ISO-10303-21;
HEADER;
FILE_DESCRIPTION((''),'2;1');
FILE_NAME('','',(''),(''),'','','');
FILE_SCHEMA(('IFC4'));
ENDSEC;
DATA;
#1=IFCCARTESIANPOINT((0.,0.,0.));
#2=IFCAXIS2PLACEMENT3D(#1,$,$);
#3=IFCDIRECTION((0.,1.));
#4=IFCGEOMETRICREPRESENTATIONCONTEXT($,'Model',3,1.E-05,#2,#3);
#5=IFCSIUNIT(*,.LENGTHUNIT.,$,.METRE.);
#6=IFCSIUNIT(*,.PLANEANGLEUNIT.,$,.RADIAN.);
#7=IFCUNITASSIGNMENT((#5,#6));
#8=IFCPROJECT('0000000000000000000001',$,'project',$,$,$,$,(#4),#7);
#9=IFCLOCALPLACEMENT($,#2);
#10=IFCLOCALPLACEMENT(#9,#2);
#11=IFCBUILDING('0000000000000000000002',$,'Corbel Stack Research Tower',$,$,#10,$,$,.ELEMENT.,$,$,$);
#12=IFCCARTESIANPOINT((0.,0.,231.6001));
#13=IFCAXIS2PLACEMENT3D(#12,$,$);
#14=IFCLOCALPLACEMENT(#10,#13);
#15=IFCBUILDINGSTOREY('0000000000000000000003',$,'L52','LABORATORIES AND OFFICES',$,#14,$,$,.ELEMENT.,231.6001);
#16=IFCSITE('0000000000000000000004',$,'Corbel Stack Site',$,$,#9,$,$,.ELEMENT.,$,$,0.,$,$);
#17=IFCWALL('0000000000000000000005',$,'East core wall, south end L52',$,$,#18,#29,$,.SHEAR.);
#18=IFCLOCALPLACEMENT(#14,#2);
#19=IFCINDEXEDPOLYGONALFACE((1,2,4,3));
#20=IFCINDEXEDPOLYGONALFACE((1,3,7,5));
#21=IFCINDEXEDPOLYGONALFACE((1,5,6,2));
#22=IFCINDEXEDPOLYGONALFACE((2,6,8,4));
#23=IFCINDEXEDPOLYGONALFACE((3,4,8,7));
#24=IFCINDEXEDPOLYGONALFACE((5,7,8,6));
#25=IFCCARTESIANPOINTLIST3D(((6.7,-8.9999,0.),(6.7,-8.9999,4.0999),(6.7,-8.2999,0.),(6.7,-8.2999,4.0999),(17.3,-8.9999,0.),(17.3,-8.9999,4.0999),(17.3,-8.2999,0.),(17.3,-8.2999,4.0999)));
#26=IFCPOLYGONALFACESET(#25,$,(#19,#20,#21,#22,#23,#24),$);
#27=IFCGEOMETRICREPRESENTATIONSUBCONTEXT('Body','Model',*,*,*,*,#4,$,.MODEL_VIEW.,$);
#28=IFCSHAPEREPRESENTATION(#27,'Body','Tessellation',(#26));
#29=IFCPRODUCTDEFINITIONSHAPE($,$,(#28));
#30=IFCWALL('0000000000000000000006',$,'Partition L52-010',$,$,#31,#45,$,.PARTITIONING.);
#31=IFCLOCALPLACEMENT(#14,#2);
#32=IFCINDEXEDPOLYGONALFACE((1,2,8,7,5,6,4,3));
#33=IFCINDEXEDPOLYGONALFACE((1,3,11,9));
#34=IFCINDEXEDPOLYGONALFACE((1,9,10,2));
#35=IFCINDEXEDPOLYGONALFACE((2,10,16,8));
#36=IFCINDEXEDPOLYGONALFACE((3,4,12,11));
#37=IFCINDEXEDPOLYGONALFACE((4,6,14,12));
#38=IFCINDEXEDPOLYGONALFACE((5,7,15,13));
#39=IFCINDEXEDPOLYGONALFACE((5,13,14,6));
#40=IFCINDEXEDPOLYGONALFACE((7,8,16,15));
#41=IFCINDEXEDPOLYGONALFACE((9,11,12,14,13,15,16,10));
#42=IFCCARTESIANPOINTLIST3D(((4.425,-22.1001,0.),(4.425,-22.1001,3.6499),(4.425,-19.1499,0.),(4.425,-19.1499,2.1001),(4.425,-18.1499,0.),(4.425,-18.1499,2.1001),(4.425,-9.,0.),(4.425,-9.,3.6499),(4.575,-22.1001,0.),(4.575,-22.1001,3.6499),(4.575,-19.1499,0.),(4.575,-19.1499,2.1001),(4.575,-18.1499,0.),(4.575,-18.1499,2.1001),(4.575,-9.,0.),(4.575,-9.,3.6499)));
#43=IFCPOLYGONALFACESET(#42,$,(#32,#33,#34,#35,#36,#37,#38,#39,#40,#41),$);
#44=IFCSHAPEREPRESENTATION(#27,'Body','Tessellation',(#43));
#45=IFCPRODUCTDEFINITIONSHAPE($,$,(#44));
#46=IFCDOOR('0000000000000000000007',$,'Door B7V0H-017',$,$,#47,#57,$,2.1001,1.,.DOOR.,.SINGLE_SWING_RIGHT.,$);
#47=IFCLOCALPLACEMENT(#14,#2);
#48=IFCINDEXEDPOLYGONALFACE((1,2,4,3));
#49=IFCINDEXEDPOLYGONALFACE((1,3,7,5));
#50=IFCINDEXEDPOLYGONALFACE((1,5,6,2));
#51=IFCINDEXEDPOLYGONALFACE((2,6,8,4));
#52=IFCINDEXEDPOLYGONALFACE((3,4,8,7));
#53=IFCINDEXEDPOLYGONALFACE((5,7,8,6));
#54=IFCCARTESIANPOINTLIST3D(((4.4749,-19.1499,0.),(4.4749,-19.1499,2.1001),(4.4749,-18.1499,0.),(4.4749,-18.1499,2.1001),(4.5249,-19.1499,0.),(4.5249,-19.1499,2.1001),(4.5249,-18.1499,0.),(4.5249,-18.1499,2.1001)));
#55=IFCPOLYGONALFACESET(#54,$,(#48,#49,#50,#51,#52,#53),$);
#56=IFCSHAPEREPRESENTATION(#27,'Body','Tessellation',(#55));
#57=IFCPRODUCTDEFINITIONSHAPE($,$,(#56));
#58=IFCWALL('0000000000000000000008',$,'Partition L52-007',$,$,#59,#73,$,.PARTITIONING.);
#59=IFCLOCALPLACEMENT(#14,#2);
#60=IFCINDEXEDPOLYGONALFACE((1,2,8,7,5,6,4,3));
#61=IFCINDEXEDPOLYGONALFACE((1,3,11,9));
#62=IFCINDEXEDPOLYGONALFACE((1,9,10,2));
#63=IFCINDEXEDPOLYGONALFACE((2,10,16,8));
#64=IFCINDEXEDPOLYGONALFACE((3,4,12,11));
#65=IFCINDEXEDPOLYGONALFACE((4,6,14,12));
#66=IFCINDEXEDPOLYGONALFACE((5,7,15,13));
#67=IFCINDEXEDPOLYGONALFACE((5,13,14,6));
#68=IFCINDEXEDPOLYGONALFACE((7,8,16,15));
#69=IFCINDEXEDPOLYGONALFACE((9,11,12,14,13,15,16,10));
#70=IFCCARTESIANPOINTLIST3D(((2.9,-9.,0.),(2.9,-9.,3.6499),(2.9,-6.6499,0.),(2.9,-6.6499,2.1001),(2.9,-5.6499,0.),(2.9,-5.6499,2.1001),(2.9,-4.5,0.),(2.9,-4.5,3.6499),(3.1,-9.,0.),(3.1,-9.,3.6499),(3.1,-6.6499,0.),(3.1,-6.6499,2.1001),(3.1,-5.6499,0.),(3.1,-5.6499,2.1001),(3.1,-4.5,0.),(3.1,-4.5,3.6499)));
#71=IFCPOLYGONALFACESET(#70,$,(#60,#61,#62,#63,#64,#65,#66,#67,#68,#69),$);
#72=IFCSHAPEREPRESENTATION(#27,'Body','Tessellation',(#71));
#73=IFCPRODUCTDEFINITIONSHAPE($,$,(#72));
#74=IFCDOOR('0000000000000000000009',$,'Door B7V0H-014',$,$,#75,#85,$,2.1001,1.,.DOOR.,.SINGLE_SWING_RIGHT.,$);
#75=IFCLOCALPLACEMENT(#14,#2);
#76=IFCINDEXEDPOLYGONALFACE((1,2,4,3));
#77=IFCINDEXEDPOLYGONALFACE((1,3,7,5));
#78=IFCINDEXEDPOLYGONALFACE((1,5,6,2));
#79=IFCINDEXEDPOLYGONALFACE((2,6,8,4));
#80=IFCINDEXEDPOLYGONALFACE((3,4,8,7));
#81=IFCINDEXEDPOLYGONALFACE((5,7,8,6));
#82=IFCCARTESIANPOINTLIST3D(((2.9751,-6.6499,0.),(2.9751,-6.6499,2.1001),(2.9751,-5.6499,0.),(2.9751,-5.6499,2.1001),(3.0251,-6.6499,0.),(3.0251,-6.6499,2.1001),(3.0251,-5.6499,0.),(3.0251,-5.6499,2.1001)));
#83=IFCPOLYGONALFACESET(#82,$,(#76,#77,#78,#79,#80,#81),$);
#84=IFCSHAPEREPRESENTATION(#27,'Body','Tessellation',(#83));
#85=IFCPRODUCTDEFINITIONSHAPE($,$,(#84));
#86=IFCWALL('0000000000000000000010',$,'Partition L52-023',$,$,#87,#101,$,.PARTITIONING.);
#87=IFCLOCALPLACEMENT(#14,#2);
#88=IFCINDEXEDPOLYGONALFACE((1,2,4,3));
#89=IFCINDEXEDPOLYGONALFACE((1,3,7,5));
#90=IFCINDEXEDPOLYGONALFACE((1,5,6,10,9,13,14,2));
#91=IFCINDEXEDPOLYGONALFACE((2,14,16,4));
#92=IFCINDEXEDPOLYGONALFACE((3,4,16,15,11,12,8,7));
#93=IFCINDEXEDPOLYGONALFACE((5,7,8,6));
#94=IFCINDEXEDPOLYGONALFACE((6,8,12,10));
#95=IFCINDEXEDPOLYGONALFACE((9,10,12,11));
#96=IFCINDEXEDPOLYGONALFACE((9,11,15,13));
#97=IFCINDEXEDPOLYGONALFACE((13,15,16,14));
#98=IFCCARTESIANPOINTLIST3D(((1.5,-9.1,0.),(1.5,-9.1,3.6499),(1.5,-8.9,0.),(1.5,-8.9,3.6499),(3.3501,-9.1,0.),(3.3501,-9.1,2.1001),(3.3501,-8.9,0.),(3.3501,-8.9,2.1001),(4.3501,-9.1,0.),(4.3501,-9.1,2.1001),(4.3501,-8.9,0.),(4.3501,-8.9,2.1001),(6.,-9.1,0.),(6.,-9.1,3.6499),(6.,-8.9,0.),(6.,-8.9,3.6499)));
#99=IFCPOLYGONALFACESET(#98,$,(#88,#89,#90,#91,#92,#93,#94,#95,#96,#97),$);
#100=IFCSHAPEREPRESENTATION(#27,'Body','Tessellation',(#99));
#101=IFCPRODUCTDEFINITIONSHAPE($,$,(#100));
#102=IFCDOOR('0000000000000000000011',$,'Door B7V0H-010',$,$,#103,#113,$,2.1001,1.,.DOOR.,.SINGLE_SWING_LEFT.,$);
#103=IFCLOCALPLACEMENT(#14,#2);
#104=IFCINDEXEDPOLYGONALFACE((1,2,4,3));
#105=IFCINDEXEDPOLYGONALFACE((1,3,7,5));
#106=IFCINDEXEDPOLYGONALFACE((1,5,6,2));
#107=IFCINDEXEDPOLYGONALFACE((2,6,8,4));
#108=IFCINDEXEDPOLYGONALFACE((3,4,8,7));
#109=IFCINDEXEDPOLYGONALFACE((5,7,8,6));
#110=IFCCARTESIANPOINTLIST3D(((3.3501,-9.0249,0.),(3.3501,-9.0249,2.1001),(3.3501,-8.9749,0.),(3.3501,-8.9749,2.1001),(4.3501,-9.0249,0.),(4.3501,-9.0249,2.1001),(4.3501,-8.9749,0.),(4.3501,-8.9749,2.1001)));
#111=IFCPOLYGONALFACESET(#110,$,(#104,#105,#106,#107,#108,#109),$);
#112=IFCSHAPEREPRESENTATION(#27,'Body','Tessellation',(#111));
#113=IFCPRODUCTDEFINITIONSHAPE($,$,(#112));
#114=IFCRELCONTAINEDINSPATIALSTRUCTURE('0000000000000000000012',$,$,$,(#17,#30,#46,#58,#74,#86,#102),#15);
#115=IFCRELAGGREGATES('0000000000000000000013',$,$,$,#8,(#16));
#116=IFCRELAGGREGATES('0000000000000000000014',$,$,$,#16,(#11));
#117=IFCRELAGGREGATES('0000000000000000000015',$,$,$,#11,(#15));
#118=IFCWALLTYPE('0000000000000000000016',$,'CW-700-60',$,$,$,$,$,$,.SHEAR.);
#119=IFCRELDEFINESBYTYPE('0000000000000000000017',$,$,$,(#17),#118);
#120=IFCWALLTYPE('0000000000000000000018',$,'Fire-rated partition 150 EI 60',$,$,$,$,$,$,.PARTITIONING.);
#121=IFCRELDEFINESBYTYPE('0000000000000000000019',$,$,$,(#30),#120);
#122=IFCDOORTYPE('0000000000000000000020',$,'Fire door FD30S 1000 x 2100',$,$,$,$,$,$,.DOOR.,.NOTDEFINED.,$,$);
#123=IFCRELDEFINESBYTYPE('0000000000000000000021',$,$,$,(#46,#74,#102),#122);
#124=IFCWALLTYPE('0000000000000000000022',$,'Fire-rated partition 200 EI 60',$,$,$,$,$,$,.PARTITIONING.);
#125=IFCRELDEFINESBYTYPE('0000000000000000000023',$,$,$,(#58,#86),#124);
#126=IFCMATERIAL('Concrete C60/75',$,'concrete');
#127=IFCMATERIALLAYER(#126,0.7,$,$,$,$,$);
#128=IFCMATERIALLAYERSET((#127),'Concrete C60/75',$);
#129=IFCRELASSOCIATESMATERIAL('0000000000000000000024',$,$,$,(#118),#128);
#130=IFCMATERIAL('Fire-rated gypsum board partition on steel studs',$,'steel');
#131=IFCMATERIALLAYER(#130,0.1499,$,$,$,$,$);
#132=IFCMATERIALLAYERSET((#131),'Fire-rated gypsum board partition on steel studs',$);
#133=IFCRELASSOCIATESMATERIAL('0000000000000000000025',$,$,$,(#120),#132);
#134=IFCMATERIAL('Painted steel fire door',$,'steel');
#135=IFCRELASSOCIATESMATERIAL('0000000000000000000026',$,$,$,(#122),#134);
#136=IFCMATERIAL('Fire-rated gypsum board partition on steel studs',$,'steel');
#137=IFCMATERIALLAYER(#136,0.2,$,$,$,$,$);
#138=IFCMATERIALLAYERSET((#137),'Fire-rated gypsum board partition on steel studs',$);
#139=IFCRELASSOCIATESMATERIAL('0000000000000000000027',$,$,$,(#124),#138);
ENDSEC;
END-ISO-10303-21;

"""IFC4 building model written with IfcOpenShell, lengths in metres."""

from ifc_helpers import new_model, si_unit, direction, frame, frame_2d, origin, place, context, subcontext, project, spatial, rectangle, extrude, material, layer, layer_set, type_object, element, fill, save


model = new_model("IFC4")

# Units and contexts
model_context = context("Model", 3, precision=1e-05, world=origin(), true_north=direction((0.0, 1.0)))
body_context = subcontext(model_context, "Body", "Model", "MODEL_VIEW")
ifc_project = project(units=[si_unit("LENGTHUNIT", "METRE"), si_unit("PLANEANGLEUNIT", "RADIAN")], contexts=[model_context])

# Site, building, storey
site_placement = place(None, origin())
site = spatial("IfcSite", under=ifc_project, at=site_placement, Name="Corbel Stack Site", CompositionType="ELEMENT", RefElevation=0.0)
building_placement = place(site_placement, origin())
building = spatial("IfcBuilding", under=site, at=building_placement, Name="Corbel Stack Research Tower", CompositionType="ELEMENT")
storey_placement = place(building_placement, frame((0.0, 0.0, 231.6001)))
storey = spatial("IfcBuildingStorey", under=building, at=storey_placement, Name="L52", Description="LABORATORIES AND OFFICES", CompositionType="ELEMENT", Elevation=231.6001)

# Shared definitions
ifc_material_1 = material(Name="Concrete C60/75", Category="concrete")
ifc_layer_1 = layer(ifc_material_1, 0.7)
ifc_layer_set_1 = layer_set([ifc_layer_1], Name="Concrete C60/75")
wall_type_1 = type_object("IfcWallType", Name="CW-700-60", PredefinedType="SHEAR", material=ifc_layer_set_1)

# Wall
wall_1_placement = place(storey_placement, frame((6.7, -8.6499, 0.0), z_axis=(0.0, 0.0, 1.0), x_axis=(1.0, 0.0, 0.0)))
element("IfcWall", 1, at=wall_1_placement, inside=storey, type_object=wall_type_1, Name="East core wall, south end L52", PredefinedType="SHEAR", context=body_context, shape_type="SweptSolid", body=[
    extrude(rectangle(XDim=10.6001, YDim=0.7, at=frame_2d((5.3, 0.0))), origin(), (0.0, 0.0, 1.0), 4.0999),
])

# Walls, openings, doors
ifc_material_2 = material(Name="Fire-rated gypsum board partition on steel studs", Category="steel")
ifc_layer_2 = layer(ifc_material_2, 0.1499)
ifc_layer_set_2 = layer_set([ifc_layer_2], Name="Fire-rated gypsum board partition on steel studs")
wall_type_2 = type_object("IfcWallType", Name="Fire-rated partition 150 EI 60", PredefinedType="PARTITIONING", material=ifc_layer_set_2)
wall_2_placement = place(storey_placement, frame((4.5, -9.0, 0.0), z_axis=(0.0, 0.0, 1.0), x_axis=(0.0, -1.0, 0.0)))
wall_2 = element("IfcWall", 2, at=wall_2_placement, inside=storey, type_object=wall_type_2, Name="Partition L52-010", PredefinedType="PARTITIONING", context=body_context, shape_type="SweptSolid", body=[
    extrude(rectangle(XDim=13.1001, YDim=0.1499, at=frame_2d((6.55, 0.0))), origin(), (0.0, 0.0, 1.0), 3.6499),
])
opening_1_placement = place(wall_2_placement, frame((9.1499, 0.0, 0.0)))
opening_1 = element("IfcOpeningElement", 3, at=opening_1_placement, cuts=wall_2, PredefinedType="OPENING", context=body_context, shape_type="SweptSolid", body=[
    extrude(rectangle(XDim=1.0, YDim=2.1001, at=frame_2d((0.5, 1.05))), frame((0.0, 0.085, 0.0), z_axis=(0.0, -1.0, 0.0), x_axis=(1.0, 0.0, 0.0)), (0.0, 0.0, 1.0), 0.1699),
])
ifc_material_3 = material(Name="Painted steel fire door", Category="steel")
door_type_1 = type_object("IfcDoorType", Name="Fire door FD30S 1000 x 2100", OperationType="NOTDEFINED", PredefinedType="DOOR", material=ifc_material_3)
door_1_placement = place(opening_1_placement, origin())
door_1 = element("IfcDoor", 4, at=door_1_placement, inside=storey, type_object=door_type_1, Name="Door B7V0H-017", OperationType="SINGLE_SWING_RIGHT", OverallHeight=2.1001, OverallWidth=1.0, PredefinedType="DOOR", context=body_context, shape_type="SweptSolid", body=[
    extrude(rectangle(XDim=1.0, YDim=2.1001, at=frame_2d((0.5, 1.05))), frame((0.0, 0.0249, 0.0), z_axis=(0.0, -1.0, 0.0), x_axis=(1.0, 0.0, 0.0)), (0.0, 0.0, 1.0), 0.05),
])
fill(opening_1, door_1)
ifc_material_4 = material(Name="Fire-rated gypsum board partition on steel studs", Category="steel")
ifc_layer_3 = layer(ifc_material_4, 0.2)
ifc_layer_set_3 = layer_set([ifc_layer_3], Name="Fire-rated gypsum board partition on steel studs")
wall_type_3 = type_object("IfcWallType", Name="Fire-rated partition 200 EI 60", PredefinedType="PARTITIONING", material=ifc_layer_set_3)
wall_3_placement = place(storey_placement, frame((3.0, -9.0, 0.0), z_axis=(0.0, 0.0, 1.0), x_axis=(0.0, 1.0, 0.0)))
wall_3 = element("IfcWall", 5, at=wall_3_placement, inside=storey, type_object=wall_type_3, Name="Partition L52-007", PredefinedType="PARTITIONING", context=body_context, shape_type="SweptSolid", body=[
    extrude(rectangle(XDim=4.5, YDim=0.2, at=frame_2d((2.25, 0.0))), origin(), (0.0, 0.0, 1.0), 3.6499),
])
opening_2_placement = place(wall_3_placement, frame((2.3501, 0.0, 0.0)))
opening_2 = element("IfcOpeningElement", 6, at=opening_2_placement, cuts=wall_3, PredefinedType="OPENING", context=body_context, shape_type="SweptSolid", body=[
    extrude(rectangle(XDim=1.0, YDim=2.1001, at=frame_2d((0.5, 1.05))), frame((0.0, 0.1099, 0.0), z_axis=(0.0, -1.0, 0.0), x_axis=(1.0, 0.0, 0.0)), (0.0, 0.0, 1.0), 0.22),
])
door_2_placement = place(opening_2_placement, origin())
door_2 = element("IfcDoor", 7, at=door_2_placement, inside=storey, type_object=door_type_1, Name="Door B7V0H-014", OperationType="SINGLE_SWING_RIGHT", OverallHeight=2.1001, OverallWidth=1.0, PredefinedType="DOOR", context=body_context, shape_type="SweptSolid", body=[
    extrude(rectangle(XDim=1.0, YDim=2.1001, at=frame_2d((0.5, 1.05))), frame((0.0, 0.0249, 0.0), z_axis=(0.0, -1.0, 0.0), x_axis=(1.0, 0.0, 0.0)), (0.0, 0.0, 1.0), 0.05),
])
fill(opening_2, door_2)
wall_4_placement = place(storey_placement, frame((6.0, -9.0, 0.0), z_axis=(0.0, 0.0, 1.0), x_axis=(-1.0, 0.0, 0.0)))
wall_4 = element("IfcWall", 8, at=wall_4_placement, inside=storey, type_object=wall_type_3, Name="Partition L52-023", PredefinedType="PARTITIONING", context=body_context, shape_type="SweptSolid", body=[
    extrude(rectangle(XDim=4.5, YDim=0.2, at=frame_2d((2.25, 0.0))), origin(), (0.0, 0.0, 1.0), 3.6499),
])
opening_3_placement = place(wall_4_placement, frame((1.6499, 0.0, 0.0)))
opening_3 = element("IfcOpeningElement", 9, at=opening_3_placement, cuts=wall_4, PredefinedType="OPENING", context=body_context, shape_type="SweptSolid", body=[
    extrude(rectangle(XDim=1.0, YDim=2.1001, at=frame_2d((0.5, 1.05))), frame((0.0, 0.1099, 0.0), z_axis=(0.0, -1.0, 0.0), x_axis=(1.0, 0.0, 0.0)), (0.0, 0.0, 1.0), 0.22),
])
door_3_placement = place(opening_3_placement, origin())
door_3 = element("IfcDoor", 10, at=door_3_placement, inside=storey, type_object=door_type_1, Name="Door B7V0H-010", OperationType="SINGLE_SWING_LEFT", OverallHeight=2.1001, OverallWidth=1.0, PredefinedType="DOOR", context=body_context, shape_type="SweptSolid", body=[
    extrude(rectangle(XDim=1.0, YDim=2.1001, at=frame_2d((0.5, 1.05))), frame((0.0, 0.0249, 0.0), z_axis=(0.0, -1.0, 0.0), x_axis=(1.0, 0.0, 0.0)), (0.0, 0.0, 1.0), 0.05),
])
fill(opening_3, door_3)

save(model, "model.ifc")
